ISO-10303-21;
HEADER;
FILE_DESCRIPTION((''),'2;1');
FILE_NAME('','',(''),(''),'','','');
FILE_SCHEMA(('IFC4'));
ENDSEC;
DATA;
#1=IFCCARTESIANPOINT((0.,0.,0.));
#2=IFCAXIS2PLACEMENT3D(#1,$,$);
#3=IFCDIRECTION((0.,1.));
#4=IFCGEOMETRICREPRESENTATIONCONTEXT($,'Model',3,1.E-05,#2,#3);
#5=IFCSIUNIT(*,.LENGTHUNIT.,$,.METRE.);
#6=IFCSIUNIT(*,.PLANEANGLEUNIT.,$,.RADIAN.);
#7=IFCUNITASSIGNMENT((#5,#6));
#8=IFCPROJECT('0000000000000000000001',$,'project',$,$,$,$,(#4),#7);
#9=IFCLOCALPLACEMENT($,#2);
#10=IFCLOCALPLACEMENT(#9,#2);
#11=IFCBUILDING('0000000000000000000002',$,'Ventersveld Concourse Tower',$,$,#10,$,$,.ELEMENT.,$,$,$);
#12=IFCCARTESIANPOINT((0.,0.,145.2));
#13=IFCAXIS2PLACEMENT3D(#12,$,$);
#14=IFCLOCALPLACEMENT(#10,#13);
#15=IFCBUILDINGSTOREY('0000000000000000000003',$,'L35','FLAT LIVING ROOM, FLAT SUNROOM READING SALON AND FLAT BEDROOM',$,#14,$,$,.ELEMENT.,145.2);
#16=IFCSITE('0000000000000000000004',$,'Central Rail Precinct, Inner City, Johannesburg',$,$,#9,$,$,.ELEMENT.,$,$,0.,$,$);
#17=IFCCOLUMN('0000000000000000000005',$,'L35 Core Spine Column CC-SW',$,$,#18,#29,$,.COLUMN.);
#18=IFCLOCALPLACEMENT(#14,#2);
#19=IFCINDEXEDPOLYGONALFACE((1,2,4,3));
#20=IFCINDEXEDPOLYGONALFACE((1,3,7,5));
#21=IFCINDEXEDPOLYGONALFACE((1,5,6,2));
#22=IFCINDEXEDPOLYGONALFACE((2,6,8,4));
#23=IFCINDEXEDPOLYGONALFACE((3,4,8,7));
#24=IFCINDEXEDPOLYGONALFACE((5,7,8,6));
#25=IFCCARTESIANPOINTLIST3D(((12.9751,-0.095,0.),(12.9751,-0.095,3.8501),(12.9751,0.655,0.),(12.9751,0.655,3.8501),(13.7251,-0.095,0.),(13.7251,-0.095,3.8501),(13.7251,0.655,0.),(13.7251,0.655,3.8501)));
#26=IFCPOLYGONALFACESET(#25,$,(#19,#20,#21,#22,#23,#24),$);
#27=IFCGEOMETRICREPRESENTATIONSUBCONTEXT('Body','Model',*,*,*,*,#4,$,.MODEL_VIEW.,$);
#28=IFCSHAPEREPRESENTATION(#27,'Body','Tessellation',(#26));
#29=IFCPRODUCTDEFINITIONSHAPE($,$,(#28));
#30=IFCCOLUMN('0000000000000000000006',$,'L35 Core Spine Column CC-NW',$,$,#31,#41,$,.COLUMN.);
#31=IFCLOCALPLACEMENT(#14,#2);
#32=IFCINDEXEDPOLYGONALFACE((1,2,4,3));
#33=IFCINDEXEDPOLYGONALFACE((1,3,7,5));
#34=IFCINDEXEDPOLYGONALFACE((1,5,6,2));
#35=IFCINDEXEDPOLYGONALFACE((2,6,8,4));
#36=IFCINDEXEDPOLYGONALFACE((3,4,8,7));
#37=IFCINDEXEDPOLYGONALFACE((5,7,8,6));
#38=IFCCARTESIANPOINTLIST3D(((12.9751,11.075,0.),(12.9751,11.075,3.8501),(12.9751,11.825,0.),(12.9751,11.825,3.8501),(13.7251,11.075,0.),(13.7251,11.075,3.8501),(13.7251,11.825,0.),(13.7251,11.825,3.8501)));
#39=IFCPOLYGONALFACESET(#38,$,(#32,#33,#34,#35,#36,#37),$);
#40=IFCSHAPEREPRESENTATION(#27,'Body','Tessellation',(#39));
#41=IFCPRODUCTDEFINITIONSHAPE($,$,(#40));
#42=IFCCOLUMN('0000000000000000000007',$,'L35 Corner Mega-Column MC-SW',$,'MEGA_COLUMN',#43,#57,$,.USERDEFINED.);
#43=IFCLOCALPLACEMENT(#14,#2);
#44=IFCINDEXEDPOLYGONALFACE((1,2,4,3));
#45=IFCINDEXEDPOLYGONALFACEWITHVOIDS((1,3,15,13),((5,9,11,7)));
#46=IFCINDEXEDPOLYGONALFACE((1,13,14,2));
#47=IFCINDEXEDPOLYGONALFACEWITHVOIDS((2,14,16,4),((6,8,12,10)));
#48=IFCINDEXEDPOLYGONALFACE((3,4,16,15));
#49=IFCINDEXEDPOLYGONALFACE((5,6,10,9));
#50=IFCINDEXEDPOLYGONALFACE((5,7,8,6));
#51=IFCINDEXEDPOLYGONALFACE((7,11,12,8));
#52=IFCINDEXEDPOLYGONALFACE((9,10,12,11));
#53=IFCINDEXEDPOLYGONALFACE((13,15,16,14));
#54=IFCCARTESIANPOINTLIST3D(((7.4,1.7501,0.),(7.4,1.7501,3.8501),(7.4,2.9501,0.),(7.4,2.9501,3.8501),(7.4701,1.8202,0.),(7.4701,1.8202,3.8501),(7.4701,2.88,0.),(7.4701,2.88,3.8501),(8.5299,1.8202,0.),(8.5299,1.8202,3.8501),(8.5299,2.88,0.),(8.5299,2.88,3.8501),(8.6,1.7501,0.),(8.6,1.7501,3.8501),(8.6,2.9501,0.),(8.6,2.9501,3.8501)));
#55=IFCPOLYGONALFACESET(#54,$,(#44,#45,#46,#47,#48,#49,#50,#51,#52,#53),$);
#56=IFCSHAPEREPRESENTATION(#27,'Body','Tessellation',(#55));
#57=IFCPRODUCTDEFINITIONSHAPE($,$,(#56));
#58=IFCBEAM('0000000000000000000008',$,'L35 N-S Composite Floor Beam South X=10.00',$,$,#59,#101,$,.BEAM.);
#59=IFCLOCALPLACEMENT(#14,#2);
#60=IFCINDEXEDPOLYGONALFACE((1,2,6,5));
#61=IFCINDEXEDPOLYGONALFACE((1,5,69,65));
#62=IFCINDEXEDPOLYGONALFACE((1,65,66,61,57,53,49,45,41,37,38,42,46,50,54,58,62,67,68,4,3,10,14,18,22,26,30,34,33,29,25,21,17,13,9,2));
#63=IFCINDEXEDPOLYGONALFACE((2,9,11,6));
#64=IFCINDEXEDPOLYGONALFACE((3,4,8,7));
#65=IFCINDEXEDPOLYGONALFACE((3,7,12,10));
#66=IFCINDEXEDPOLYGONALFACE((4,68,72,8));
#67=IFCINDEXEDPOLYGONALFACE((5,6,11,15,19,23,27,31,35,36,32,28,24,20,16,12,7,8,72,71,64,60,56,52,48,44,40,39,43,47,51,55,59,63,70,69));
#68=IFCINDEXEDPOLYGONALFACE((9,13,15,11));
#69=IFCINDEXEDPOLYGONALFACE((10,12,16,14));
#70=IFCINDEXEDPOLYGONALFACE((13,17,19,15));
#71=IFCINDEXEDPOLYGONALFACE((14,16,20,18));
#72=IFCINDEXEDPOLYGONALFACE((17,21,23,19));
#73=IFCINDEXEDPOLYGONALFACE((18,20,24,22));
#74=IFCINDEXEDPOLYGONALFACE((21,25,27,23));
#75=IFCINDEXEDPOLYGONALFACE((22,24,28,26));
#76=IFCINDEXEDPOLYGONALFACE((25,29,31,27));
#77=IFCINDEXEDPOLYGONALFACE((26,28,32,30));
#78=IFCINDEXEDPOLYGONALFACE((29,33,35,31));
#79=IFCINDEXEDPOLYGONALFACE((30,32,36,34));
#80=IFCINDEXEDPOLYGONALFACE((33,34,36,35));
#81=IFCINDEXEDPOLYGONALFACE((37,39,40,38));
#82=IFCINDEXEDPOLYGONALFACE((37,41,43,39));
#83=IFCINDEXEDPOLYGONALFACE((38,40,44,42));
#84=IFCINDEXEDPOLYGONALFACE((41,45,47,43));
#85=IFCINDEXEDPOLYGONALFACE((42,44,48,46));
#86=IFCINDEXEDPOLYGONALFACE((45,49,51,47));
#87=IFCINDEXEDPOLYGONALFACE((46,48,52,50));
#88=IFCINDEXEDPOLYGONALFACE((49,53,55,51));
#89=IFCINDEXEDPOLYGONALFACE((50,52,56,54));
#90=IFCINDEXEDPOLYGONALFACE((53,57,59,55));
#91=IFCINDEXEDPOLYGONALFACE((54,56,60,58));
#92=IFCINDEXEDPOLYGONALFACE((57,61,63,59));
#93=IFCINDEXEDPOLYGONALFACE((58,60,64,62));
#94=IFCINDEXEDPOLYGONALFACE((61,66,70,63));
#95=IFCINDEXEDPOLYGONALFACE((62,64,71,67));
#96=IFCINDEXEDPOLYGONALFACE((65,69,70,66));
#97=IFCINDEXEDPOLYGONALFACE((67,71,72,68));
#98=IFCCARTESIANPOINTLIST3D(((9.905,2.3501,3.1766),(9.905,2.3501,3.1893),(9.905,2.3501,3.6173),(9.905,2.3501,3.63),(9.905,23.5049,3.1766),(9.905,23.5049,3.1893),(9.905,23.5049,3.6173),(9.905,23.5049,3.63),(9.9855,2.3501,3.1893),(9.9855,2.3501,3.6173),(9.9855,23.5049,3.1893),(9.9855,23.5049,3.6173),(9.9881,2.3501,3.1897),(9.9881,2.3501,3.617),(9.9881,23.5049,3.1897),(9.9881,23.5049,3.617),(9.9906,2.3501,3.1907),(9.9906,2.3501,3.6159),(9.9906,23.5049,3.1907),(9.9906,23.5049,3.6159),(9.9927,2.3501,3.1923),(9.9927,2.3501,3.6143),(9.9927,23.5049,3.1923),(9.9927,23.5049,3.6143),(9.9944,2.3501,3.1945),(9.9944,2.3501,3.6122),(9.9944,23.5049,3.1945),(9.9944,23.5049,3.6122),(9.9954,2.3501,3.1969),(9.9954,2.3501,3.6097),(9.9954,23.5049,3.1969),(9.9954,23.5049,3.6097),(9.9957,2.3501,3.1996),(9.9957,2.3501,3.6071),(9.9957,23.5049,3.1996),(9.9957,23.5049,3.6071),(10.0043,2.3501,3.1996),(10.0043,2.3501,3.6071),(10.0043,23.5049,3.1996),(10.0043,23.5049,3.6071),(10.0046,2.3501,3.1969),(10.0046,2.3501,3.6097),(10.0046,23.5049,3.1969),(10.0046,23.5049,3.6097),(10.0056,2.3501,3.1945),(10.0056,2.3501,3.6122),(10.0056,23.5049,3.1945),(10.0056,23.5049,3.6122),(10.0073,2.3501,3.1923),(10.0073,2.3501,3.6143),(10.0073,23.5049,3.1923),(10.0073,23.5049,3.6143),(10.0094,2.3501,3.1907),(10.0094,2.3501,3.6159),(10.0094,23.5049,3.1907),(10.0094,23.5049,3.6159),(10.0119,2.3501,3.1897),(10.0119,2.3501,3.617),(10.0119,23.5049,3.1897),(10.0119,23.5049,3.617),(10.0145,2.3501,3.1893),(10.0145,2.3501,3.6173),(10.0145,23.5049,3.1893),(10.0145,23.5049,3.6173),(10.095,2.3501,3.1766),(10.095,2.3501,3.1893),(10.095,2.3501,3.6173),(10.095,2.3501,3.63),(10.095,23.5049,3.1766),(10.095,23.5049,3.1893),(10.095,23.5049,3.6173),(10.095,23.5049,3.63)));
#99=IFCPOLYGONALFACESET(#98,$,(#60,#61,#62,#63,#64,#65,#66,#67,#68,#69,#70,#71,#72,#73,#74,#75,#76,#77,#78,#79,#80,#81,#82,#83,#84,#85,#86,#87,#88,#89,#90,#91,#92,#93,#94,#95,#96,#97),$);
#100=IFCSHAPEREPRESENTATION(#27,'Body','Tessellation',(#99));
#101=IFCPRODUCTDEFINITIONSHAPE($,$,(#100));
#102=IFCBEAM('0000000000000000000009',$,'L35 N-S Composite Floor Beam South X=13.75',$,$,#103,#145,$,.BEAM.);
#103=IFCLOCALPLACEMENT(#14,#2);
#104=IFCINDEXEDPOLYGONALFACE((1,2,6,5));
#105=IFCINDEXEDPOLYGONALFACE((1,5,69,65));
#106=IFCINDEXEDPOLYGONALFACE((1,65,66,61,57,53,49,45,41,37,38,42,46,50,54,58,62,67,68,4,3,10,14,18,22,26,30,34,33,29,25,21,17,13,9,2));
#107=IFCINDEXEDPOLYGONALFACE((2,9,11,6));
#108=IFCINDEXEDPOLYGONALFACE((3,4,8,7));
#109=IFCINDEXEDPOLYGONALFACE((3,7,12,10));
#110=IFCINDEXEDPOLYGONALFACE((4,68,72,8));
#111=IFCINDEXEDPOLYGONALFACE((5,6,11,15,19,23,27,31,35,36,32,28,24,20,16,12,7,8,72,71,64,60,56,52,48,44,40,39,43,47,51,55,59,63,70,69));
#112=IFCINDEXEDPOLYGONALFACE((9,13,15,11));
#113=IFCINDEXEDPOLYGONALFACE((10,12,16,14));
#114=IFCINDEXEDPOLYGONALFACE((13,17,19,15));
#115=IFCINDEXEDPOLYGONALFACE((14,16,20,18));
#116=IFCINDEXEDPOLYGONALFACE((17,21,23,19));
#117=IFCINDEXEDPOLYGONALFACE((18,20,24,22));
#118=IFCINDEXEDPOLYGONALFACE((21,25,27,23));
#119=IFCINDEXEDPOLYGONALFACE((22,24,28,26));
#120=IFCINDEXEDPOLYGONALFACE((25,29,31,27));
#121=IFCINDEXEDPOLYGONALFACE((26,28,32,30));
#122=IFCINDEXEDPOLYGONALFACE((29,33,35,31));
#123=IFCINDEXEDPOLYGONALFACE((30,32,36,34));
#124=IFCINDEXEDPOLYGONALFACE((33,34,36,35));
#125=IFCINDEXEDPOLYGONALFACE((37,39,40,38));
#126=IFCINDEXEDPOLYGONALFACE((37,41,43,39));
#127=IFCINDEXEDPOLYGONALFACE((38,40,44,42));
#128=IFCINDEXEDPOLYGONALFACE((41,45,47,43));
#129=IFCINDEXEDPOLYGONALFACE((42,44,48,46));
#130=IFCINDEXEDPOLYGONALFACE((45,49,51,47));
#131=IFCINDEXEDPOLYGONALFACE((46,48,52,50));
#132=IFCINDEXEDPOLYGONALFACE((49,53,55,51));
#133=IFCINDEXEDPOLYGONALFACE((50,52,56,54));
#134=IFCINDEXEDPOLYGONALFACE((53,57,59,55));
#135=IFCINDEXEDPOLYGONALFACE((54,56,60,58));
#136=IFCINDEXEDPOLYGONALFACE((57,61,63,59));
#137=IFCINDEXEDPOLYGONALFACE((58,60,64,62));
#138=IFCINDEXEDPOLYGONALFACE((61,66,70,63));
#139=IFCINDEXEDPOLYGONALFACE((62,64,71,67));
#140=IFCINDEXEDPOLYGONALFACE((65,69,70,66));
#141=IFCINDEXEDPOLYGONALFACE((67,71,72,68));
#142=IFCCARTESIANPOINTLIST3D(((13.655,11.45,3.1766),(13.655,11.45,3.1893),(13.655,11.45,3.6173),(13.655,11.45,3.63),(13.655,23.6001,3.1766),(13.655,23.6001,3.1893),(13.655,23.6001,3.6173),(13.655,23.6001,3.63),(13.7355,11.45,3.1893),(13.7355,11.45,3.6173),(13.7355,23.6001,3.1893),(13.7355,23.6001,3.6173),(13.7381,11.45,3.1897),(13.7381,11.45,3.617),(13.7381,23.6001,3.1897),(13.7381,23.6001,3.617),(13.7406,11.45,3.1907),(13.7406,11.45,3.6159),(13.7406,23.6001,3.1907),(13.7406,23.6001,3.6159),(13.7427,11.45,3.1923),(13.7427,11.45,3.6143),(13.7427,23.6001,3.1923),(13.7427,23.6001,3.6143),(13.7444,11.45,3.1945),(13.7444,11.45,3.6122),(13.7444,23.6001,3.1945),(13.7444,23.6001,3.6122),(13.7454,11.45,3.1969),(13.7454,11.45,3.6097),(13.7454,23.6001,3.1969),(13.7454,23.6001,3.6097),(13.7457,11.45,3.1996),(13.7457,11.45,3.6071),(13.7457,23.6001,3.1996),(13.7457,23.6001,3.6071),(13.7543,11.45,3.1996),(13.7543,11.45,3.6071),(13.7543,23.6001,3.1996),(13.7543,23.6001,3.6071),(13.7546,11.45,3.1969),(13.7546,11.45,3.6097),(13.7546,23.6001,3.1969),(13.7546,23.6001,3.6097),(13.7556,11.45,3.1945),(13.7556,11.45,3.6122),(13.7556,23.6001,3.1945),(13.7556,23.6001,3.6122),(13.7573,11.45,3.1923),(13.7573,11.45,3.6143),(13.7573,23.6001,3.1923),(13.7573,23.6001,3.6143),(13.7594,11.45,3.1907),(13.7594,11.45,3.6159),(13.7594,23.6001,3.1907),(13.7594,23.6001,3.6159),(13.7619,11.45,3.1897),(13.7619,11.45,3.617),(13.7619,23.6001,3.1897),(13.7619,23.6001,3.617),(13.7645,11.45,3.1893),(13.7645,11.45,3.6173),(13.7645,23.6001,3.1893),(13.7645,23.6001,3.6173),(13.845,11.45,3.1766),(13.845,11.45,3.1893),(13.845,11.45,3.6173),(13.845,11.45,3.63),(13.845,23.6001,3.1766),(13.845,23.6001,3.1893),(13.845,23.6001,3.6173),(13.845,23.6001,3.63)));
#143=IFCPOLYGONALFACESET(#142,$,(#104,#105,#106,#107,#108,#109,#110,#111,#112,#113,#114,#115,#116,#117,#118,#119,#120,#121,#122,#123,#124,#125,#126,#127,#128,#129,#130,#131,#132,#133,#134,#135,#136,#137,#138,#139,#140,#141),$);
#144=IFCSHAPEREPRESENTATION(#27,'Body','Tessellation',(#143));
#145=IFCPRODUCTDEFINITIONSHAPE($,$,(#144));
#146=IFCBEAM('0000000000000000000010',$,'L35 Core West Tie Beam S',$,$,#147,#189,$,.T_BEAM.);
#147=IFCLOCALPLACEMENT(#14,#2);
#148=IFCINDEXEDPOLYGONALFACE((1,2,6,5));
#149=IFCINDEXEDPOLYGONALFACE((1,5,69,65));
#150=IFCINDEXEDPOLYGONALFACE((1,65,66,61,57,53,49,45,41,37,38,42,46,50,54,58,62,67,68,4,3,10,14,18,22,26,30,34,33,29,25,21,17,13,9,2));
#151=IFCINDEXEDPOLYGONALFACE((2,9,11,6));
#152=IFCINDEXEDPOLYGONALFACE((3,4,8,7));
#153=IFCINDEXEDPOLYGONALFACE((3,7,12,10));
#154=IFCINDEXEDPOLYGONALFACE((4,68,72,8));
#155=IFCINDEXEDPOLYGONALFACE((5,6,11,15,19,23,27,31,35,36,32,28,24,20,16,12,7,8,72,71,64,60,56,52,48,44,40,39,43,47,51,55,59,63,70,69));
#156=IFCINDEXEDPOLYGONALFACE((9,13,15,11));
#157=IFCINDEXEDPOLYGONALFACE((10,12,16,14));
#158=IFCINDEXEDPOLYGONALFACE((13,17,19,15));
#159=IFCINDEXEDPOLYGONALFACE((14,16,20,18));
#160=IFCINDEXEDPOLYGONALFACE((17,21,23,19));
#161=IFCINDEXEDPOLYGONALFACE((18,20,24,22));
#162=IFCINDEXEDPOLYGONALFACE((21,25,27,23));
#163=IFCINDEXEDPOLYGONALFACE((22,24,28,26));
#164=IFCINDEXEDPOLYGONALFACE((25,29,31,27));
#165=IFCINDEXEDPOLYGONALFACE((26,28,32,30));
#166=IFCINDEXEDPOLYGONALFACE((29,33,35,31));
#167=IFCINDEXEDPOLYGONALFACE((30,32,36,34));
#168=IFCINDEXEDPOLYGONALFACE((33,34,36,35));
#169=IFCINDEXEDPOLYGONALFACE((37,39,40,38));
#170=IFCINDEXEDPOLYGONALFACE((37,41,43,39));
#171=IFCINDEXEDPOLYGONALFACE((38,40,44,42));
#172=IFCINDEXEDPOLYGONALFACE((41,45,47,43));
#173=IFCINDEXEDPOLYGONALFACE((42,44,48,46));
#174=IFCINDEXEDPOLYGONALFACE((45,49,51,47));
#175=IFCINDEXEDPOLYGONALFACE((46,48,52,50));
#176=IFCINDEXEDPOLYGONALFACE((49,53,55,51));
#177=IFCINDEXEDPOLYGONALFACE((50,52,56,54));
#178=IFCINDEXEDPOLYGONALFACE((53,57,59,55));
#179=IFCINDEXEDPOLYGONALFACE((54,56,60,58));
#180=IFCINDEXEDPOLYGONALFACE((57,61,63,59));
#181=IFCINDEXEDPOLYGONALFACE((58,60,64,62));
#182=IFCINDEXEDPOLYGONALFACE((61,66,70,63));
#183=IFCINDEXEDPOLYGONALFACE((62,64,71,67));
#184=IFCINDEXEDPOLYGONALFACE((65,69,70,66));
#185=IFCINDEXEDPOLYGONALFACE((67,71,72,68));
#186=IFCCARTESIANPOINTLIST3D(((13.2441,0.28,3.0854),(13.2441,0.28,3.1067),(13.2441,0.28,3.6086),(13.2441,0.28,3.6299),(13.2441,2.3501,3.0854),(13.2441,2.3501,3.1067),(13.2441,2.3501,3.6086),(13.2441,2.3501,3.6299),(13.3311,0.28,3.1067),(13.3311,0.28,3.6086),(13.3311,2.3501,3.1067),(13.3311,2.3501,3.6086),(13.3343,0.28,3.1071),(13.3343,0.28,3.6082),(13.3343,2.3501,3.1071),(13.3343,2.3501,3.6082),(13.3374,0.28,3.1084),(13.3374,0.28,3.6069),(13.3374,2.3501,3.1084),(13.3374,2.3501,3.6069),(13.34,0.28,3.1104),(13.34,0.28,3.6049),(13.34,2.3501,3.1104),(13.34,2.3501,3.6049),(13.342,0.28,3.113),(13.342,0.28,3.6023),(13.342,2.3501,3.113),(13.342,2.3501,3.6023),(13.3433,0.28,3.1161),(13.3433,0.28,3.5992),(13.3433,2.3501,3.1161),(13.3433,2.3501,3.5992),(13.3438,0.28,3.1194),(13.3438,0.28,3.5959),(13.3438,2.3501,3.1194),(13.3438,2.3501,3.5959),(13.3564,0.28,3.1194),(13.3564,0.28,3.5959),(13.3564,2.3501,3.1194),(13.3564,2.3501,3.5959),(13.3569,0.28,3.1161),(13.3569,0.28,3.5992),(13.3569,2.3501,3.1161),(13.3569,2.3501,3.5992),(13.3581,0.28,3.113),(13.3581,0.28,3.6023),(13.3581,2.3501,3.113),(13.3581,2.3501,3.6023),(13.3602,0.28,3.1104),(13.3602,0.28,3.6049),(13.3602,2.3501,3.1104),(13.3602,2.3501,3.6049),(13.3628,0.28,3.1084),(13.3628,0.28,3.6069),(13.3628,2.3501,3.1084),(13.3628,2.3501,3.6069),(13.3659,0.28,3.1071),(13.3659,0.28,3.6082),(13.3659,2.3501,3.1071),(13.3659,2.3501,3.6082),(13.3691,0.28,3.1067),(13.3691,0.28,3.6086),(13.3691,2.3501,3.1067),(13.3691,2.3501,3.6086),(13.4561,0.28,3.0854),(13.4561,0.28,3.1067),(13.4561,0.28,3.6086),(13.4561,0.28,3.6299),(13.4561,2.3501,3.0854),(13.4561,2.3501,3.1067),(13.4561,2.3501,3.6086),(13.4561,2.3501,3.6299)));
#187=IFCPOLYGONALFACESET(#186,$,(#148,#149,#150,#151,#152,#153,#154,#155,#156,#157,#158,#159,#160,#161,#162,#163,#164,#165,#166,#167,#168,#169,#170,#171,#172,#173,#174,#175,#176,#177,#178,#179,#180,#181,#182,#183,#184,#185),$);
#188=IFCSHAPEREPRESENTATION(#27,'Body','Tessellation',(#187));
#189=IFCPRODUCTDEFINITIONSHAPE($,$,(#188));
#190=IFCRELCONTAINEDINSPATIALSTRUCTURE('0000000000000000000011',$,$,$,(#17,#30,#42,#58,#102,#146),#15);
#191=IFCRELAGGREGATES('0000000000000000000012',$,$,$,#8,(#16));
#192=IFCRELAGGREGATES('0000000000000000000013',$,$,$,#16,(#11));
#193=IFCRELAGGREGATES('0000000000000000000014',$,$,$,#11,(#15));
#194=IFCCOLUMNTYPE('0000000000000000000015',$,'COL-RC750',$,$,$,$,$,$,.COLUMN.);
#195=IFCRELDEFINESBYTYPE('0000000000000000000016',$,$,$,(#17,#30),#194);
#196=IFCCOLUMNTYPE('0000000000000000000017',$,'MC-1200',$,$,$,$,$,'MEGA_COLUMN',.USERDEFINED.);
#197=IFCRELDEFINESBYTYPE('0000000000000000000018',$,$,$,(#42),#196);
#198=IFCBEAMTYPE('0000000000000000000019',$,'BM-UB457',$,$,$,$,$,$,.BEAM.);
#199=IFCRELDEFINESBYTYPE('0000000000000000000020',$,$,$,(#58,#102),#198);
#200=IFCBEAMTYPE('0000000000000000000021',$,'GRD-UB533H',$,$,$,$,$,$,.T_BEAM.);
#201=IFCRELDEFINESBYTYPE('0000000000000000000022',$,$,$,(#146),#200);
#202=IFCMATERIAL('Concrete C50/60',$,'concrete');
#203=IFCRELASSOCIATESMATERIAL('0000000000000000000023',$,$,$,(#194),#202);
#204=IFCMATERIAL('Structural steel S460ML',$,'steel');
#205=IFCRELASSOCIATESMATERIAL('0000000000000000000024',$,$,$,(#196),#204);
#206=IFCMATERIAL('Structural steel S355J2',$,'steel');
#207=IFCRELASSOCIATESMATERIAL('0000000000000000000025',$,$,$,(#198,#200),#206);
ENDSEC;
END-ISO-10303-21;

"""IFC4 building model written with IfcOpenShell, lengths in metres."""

from ifc_helpers import new_model, si_unit, direction, frame, origin, origin_2d, place, context, subcontext, project, spatial, rectangle, hollow_rectangle, i_section, extrude, material, material_profile, profile_set, type_object, element, save


model = new_model("IFC4")

# Units and contexts
model_context = context("Model", 3, precision=1e-05, world=origin(), true_north=direction((0.0, 1.0)))
body_context = subcontext(model_context, "Body", "Model", "MODEL_VIEW")
ifc_project = project(units=[si_unit("LENGTHUNIT", "METRE"), si_unit("PLANEANGLEUNIT", "RADIAN")], contexts=[model_context])

# Site, building, storey
site_placement = place(None, origin())
site = spatial("IfcSite", under=ifc_project, at=site_placement, Name="Central Rail Precinct, Inner City, Johannesburg", CompositionType="ELEMENT", RefElevation=0.0)
building_placement = place(site_placement, origin())
building = spatial("IfcBuilding", under=site, at=building_placement, Name="Ventersveld Concourse Tower", CompositionType="ELEMENT")
storey_placement = place(building_placement, frame((0.0, 0.0, 145.2)))
storey = spatial("IfcBuildingStorey", under=building, at=storey_placement, Name="L35", Description="FLAT LIVING ROOM, FLAT SUNROOM READING SALON AND FLAT BEDROOM", CompositionType="ELEMENT", Elevation=145.2)

# Columns
ifc_material_1 = material(Name="Concrete C50/60", Category="concrete")
ifc_material_profile_1 = material_profile(ifc_material_1, rectangle(XDim=0.75, YDim=0.75, at=origin_2d()), Name="RC 750x750")
ifc_profile_set_1 = profile_set([ifc_material_profile_1], Name="Concrete C50/60")
column_type_1 = type_object("IfcColumnType", Name="COL-RC750", PredefinedType="COLUMN", material=ifc_profile_set_1)
for number, where, z_axis, x_axis, name in (
    (1, (13.3501, 0.28, 0.0), (0.0, 0.0, 1.0), (1.0, 0.0, 0.0), "L35 Core Spine Column CC-SW"),
    (2, (13.3501, 11.45, 0.0), (0.0, 0.0, 1.0), (1.0, 0.0, 0.0), "L35 Core Spine Column CC-NW"),
):
    element("IfcColumn", number, at=place(storey_placement, frame(where, z_axis=z_axis, x_axis=x_axis)), inside=storey, type_object=column_type_1, Name=name, PredefinedType="COLUMN", context=body_context, shape_type="SweptSolid", body=[
        extrude(rectangle(XDim=0.75, YDim=0.75, at=origin_2d()), origin(), (0.0, 0.0, 1.0), 3.8501),
    ])
ifc_material_2 = material(Name="Structural steel S460ML", Category="steel")
ifc_material_profile_2 = material_profile(ifc_material_2, hollow_rectangle(XDim=1.2, YDim=1.2, WallThickness=0.0701, at=origin_2d()), Name="BOX 1200x1200x70")
ifc_profile_set_2 = profile_set([ifc_material_profile_2], Name="Structural steel S460ML")
column_type_2 = type_object("IfcColumnType", Name="MC-1200", ElementType="MEGA_COLUMN", PredefinedType="USERDEFINED", material=ifc_profile_set_2)
column_placement = place(storey_placement, frame((8.0, 2.3501, 0.0), z_axis=(0.0, 0.0, 1.0), x_axis=(1.0, 0.0, 0.0)))
element("IfcColumn", 3, at=column_placement, inside=storey, type_object=column_type_2, Name="L35 Corner Mega-Column MC-SW", ObjectType="MEGA_COLUMN", PredefinedType="USERDEFINED", context=body_context, shape_type="SweptSolid", body=[
    extrude(hollow_rectangle(XDim=1.2, YDim=1.2, WallThickness=0.0701, at=origin_2d()), origin(), (0.0, 0.0, 1.0), 3.8501),
])

# Beams
ifc_material_3 = material(Name="Structural steel S355J2", Category="steel")
ifc_material_profile_3 = material_profile(ifc_material_3, i_section(OverallWidth=0.1899, OverallDepth=0.4534, WebThickness=0.0085, FlangeThickness=0.0127, FilletRadius=0.0103, at=origin_2d()), Name="UB 457x191x67")
ifc_profile_set_3 = profile_set([ifc_material_profile_3], Name="Structural steel S355J2")
beam_type_1 = type_object("IfcBeamType", Name="BM-UB457", PredefinedType="BEAM", material=ifc_profile_set_3)
beam_1_placement = place(storey_placement, frame((10.0, 2.3501, 3.4033), z_axis=(0.0, 1.0, 0.0), x_axis=(-1.0, 0.0, 0.0)))
element("IfcBeam", 4, at=beam_1_placement, inside=storey, type_object=beam_type_1, Name="L35 N-S Composite Floor Beam South X=10.00", PredefinedType="BEAM", context=body_context, shape_type="SweptSolid", body=[
    extrude(i_section(OverallWidth=0.1899, OverallDepth=0.4534, WebThickness=0.0085, FlangeThickness=0.0127, FilletRadius=0.0103, at=origin_2d()), origin(), (0.0, 0.0, 1.0), 21.1548),
])
beam_2_placement = place(storey_placement, frame((13.75, 11.45, 3.4033), z_axis=(0.0, 1.0, 0.0), x_axis=(-1.0, 0.0, 0.0)))
element("IfcBeam", 5, at=beam_2_placement, inside=storey, type_object=beam_type_1, Name="L35 N-S Composite Floor Beam South X=13.75", PredefinedType="BEAM", context=body_context, shape_type="SweptSolid", body=[
    extrude(i_section(OverallWidth=0.1899, OverallDepth=0.4534, WebThickness=0.0085, FlangeThickness=0.0127, FilletRadius=0.0103, at=origin_2d()), origin(), (0.0, 0.0, 1.0), 12.1501),
])
ifc_material_profile_4 = material_profile(ifc_material_3, i_section(OverallWidth=0.2119, OverallDepth=0.5444, WebThickness=0.0127, FlangeThickness=0.0212, FilletRadius=0.0127, at=origin_2d()), Name="UB 533x210x122")
ifc_profile_set_4 = profile_set([ifc_material_profile_4], Name="Structural steel S355J2")
beam_type_2 = type_object("IfcBeamType", Name="GRD-UB533H", PredefinedType="T_BEAM", material=ifc_profile_set_4)
beam_3_placement = place(storey_placement, frame((13.3501, 0.28, 3.3577), z_axis=(0.0, 1.0, 0.0), x_axis=(-1.0, 0.0, 0.0)))
element("IfcBeam", 6, at=beam_3_placement, inside=storey, type_object=beam_type_2, Name="L35 Core West Tie Beam S", PredefinedType="T_BEAM", context=body_context, shape_type="SweptSolid", body=[
    extrude(i_section(OverallWidth=0.2119, OverallDepth=0.5444, WebThickness=0.0127, FlangeThickness=0.0212, FilletRadius=0.0127, at=origin_2d()), origin(), (0.0, 0.0, 1.0), 2.0701),
])

save(model, "model.ifc")
